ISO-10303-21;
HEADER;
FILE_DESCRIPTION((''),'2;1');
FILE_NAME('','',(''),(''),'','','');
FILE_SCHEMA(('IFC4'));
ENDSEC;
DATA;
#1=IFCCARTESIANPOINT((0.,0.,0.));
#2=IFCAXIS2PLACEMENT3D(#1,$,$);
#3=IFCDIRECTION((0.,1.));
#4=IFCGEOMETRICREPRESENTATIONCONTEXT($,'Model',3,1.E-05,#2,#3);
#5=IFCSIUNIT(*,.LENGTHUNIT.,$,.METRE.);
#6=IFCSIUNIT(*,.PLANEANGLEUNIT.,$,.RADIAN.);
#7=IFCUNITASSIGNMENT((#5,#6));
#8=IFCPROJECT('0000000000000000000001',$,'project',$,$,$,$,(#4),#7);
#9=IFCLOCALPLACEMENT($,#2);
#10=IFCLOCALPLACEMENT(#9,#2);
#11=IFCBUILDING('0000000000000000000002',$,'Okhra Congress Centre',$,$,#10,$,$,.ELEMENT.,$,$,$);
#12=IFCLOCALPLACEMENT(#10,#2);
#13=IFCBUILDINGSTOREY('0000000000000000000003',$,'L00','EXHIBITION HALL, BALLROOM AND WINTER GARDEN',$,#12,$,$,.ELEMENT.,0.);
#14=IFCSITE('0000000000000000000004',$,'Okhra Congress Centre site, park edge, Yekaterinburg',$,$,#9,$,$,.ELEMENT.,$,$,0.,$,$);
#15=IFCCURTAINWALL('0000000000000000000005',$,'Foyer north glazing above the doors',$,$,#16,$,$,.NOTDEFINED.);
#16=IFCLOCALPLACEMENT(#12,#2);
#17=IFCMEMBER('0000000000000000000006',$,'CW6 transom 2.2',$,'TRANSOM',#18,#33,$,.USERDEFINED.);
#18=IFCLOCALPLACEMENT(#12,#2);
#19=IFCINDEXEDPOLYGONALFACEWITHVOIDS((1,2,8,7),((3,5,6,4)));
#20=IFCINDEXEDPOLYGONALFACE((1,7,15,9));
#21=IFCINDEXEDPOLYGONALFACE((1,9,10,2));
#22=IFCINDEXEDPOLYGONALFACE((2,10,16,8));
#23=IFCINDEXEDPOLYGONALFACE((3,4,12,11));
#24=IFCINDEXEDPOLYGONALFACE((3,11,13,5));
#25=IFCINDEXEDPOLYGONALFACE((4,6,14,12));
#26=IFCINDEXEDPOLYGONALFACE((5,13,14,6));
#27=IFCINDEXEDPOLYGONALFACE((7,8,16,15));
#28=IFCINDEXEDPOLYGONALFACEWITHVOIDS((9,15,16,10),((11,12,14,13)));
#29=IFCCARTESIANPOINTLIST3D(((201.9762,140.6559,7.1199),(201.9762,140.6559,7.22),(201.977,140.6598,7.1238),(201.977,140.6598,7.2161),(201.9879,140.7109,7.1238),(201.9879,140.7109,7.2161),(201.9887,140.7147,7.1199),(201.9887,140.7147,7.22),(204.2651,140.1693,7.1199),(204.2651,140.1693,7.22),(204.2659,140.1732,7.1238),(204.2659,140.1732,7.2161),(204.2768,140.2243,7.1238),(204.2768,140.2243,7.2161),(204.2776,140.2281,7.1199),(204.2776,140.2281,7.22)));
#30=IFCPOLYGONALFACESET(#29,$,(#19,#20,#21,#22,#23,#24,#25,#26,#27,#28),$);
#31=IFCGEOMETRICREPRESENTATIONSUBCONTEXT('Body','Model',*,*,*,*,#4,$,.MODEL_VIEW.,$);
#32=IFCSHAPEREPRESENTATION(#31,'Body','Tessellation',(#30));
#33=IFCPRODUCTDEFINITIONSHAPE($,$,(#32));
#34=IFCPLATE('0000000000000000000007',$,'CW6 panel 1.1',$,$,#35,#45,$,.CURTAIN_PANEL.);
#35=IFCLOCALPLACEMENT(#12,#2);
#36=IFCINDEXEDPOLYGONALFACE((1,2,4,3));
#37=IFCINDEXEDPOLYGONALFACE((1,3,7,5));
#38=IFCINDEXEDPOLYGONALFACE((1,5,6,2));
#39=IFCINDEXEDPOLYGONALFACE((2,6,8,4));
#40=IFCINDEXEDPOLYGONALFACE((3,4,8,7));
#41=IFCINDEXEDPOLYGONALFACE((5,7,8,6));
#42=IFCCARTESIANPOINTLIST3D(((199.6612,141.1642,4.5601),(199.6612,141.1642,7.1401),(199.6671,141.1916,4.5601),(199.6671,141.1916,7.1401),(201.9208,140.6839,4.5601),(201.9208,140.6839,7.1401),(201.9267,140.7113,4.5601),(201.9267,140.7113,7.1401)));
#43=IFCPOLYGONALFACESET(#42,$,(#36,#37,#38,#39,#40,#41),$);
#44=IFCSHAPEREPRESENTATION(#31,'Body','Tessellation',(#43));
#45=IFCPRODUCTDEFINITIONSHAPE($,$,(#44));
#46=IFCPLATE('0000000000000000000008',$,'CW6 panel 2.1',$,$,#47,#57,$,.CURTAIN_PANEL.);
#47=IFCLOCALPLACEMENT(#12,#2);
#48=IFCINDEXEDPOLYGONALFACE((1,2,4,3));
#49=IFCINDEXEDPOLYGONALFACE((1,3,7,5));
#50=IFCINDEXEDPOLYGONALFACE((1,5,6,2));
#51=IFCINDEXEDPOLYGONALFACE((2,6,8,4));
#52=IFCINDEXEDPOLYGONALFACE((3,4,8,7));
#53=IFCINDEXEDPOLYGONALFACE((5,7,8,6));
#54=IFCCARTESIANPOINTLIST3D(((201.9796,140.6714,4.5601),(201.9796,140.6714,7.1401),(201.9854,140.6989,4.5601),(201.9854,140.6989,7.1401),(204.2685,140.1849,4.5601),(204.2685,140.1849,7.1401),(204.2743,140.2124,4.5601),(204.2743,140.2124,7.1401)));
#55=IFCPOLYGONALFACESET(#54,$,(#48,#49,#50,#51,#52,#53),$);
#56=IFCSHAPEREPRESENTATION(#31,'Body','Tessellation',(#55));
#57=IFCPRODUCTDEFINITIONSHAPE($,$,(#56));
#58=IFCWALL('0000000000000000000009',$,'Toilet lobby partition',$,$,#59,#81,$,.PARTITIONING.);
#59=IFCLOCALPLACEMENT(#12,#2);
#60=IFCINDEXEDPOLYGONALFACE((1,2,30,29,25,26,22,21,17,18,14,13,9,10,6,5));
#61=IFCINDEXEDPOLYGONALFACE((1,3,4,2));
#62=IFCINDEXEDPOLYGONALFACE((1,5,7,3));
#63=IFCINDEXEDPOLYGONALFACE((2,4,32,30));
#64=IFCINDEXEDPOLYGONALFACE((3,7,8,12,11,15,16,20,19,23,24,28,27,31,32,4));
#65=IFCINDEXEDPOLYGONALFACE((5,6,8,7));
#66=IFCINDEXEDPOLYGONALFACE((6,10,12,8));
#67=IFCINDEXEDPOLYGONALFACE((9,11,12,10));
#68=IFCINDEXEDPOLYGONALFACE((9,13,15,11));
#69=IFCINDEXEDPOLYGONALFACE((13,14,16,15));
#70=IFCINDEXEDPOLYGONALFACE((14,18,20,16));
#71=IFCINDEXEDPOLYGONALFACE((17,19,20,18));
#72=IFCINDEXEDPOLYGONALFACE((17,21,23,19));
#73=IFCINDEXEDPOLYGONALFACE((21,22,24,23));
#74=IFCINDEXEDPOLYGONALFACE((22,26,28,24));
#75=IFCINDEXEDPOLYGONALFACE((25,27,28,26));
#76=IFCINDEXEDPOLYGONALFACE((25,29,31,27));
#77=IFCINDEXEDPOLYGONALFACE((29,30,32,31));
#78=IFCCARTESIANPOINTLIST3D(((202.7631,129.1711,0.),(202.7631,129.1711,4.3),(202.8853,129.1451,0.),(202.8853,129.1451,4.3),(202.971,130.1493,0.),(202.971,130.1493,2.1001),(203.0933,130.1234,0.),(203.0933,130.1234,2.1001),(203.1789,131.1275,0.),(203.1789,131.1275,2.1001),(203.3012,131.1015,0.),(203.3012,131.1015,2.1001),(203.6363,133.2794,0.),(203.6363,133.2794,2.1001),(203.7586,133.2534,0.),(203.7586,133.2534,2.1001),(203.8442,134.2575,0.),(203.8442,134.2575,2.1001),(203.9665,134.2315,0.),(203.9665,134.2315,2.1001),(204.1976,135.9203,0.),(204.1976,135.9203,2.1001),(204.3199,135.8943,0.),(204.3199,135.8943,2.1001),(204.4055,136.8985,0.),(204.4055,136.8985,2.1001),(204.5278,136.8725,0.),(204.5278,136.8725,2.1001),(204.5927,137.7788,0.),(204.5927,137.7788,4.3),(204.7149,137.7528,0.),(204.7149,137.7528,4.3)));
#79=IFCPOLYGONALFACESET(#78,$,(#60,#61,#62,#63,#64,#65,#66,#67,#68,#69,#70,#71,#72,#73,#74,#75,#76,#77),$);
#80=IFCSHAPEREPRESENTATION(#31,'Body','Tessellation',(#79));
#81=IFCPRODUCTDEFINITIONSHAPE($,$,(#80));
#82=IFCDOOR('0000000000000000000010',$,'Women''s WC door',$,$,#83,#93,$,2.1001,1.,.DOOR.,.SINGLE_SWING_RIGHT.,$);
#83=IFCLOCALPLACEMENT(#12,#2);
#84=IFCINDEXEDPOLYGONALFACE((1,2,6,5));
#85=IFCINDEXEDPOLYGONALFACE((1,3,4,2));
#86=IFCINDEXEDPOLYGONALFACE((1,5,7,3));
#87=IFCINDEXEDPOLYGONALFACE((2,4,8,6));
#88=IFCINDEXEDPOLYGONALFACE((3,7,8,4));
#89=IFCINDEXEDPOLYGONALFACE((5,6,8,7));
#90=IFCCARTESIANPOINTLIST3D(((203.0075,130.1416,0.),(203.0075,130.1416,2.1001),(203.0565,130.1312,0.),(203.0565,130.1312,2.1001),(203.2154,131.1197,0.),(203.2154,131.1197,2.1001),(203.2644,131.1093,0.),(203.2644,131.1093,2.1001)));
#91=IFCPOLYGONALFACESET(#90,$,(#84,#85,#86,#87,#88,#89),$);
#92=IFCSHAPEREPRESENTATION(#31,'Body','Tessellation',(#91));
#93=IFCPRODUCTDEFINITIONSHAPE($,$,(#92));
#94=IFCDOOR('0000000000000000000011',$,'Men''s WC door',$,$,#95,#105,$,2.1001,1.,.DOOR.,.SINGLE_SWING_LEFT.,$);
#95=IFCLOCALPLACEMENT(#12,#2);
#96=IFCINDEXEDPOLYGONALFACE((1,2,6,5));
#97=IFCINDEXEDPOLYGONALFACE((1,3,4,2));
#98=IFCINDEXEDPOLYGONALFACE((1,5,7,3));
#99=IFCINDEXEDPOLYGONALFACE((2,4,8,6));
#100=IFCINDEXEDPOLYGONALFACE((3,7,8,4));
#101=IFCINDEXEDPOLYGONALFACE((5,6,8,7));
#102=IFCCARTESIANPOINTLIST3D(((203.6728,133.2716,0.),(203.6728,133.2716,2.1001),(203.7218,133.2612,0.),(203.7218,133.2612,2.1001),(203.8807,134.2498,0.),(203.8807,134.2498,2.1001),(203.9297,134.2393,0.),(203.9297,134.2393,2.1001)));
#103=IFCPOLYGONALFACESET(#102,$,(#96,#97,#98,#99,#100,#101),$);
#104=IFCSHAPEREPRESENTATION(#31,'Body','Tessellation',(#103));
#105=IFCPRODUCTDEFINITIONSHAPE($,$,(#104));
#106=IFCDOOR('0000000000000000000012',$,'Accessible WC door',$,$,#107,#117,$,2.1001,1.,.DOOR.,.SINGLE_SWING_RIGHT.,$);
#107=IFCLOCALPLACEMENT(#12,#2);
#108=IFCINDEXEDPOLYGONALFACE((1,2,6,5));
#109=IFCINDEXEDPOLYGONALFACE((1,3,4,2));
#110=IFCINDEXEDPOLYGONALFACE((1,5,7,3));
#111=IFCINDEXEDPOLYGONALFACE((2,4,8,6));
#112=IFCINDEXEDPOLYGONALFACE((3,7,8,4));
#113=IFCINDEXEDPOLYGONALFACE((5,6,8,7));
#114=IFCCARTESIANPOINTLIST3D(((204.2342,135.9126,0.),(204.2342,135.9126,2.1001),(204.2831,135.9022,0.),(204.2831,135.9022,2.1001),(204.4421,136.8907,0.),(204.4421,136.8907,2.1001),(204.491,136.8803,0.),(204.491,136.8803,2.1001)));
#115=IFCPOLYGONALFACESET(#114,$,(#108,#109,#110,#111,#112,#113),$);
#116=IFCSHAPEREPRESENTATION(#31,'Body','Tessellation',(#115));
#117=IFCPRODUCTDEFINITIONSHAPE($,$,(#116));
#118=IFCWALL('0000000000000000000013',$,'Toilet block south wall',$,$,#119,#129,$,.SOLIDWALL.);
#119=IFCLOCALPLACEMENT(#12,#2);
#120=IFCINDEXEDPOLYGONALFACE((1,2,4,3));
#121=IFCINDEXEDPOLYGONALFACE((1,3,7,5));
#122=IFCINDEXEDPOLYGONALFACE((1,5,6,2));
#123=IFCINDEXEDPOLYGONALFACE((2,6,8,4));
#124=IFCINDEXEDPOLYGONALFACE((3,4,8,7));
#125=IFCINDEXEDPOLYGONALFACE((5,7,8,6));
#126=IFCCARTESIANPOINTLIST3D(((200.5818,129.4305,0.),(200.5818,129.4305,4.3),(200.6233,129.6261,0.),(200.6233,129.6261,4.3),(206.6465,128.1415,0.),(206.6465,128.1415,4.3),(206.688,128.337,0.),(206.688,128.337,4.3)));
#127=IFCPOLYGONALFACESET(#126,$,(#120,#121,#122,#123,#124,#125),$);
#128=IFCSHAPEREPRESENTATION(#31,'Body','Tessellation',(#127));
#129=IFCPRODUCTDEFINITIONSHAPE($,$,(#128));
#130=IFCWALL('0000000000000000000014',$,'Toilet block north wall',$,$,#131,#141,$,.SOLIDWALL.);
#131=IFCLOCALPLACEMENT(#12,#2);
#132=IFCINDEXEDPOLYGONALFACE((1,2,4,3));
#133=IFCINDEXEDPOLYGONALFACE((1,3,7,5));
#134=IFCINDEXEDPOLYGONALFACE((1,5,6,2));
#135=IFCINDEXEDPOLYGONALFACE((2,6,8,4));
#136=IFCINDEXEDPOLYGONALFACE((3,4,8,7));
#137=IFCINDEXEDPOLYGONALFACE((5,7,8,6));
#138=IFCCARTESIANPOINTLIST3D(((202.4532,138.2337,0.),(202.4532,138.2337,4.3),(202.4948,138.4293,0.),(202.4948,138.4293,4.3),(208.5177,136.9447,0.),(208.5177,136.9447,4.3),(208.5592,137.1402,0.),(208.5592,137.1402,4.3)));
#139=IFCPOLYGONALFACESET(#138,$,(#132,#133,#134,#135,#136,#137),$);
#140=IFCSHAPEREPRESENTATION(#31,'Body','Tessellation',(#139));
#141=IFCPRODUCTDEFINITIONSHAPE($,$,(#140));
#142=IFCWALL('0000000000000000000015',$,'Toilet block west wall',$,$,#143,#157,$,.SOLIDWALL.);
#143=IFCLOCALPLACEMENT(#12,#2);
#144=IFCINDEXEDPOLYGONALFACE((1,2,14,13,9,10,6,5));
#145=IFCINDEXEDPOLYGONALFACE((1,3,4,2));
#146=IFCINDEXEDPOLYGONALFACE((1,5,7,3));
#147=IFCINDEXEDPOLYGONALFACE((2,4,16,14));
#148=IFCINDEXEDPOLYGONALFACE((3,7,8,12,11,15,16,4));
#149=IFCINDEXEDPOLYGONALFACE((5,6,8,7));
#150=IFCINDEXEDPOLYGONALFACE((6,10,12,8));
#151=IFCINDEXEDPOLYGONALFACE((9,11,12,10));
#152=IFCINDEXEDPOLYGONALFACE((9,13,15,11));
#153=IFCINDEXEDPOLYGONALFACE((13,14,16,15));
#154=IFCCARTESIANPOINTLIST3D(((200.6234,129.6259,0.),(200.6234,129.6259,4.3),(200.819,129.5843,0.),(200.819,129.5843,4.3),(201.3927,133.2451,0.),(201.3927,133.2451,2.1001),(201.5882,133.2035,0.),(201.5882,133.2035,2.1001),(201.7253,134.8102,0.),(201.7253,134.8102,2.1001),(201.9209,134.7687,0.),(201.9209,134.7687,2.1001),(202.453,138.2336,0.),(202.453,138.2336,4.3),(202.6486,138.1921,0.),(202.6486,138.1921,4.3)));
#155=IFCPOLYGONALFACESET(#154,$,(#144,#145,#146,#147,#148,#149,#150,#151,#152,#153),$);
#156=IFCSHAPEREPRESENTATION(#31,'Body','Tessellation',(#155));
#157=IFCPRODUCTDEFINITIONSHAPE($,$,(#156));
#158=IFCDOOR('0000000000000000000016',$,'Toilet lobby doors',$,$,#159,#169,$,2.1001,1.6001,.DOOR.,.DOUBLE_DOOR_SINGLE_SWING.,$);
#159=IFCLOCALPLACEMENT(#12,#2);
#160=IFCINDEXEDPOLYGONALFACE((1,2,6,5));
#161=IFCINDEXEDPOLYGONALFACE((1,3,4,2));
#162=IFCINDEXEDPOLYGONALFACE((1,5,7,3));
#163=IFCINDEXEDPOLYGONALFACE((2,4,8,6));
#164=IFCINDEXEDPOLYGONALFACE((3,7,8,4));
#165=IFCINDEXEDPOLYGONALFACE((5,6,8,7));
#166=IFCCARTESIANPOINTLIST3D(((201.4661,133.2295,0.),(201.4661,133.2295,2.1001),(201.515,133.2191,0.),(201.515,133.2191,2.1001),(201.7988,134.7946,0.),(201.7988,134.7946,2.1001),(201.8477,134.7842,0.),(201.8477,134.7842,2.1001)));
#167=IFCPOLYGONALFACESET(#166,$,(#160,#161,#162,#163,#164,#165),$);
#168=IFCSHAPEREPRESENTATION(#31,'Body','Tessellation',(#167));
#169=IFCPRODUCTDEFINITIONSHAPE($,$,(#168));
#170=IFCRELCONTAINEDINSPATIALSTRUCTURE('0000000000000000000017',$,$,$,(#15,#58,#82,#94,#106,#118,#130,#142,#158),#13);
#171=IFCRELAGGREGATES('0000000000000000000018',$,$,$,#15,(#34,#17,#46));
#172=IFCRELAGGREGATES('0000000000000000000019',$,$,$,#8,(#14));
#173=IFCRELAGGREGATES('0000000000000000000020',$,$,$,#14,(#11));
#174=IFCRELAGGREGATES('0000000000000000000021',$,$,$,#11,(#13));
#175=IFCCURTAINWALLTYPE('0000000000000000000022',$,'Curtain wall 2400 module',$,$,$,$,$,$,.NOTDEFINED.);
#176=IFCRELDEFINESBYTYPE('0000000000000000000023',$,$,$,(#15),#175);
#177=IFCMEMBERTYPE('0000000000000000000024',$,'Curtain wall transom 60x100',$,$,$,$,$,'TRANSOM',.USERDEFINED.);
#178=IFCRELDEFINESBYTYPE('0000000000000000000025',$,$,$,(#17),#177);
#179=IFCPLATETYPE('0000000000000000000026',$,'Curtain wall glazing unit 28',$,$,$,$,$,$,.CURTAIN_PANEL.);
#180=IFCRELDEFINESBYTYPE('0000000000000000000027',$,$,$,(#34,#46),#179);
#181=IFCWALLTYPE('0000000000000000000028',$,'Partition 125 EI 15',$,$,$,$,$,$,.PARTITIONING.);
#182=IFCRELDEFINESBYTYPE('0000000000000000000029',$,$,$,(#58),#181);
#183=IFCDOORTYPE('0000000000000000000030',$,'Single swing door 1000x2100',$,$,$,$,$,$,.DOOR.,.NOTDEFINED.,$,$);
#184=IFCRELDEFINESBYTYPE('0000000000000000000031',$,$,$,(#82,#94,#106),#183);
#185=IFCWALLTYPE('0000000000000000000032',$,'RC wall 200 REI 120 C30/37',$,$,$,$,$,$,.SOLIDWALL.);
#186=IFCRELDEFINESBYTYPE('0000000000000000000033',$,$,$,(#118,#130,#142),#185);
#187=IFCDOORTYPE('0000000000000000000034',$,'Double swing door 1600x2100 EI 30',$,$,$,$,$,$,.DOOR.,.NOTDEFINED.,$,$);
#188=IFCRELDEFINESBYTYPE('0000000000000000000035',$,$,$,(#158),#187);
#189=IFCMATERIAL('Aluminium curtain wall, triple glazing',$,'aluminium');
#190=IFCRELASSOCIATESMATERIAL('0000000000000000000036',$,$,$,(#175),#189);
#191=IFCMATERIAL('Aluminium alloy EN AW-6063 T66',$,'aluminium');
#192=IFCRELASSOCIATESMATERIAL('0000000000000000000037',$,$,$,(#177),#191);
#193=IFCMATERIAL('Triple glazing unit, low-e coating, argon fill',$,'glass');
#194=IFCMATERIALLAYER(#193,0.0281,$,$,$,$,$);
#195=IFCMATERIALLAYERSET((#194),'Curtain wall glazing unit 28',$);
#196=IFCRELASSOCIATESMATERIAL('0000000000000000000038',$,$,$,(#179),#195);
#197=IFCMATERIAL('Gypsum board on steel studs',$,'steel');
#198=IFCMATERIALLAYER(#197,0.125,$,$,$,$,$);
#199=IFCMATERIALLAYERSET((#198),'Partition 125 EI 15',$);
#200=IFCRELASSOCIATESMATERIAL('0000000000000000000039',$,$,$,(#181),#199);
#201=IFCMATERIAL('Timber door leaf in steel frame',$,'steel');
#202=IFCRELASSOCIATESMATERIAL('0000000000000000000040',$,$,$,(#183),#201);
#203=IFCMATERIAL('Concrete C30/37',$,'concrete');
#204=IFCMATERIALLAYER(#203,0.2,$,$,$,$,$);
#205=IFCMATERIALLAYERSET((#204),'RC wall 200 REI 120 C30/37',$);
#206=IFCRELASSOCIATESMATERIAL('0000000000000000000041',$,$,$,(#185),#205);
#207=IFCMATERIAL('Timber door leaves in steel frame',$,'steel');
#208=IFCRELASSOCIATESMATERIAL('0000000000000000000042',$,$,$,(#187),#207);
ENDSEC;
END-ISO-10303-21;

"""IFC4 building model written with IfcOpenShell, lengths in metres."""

from ifc_helpers import new_model, si_unit, direction, frame, frame_2d, origin, origin_2d, place, context, subcontext, project, spatial, rectangle, hollow_rectangle, extrude, material, layer, layer_set, material_profile, profile_set, type_object, element, fill, aggregate, save


model = new_model("IFC4")

# Units and contexts
model_context = context("Model", 3, precision=1e-05, world=origin(), true_north=direction((0.0, 1.0)))
body_context = subcontext(model_context, "Body", "Model", "MODEL_VIEW")
ifc_project = project(units=[si_unit("LENGTHUNIT", "METRE"), si_unit("PLANEANGLEUNIT", "RADIAN")], contexts=[model_context])

# Site, building, storey
site_placement = place(None, origin())
site = spatial("IfcSite", under=ifc_project, at=site_placement, Name="Okhra Congress Centre site, park edge, Yekaterinburg", CompositionType="ELEMENT", RefElevation=0.0)
building_placement = place(site_placement, origin())
building = spatial("IfcBuilding", under=site, at=building_placement, Name="Okhra Congress Centre", CompositionType="ELEMENT")
storey_placement = place(building_placement, origin())
storey = spatial("IfcBuildingStorey", under=building, at=storey_placement, Name="L00", Description="EXHIBITION HALL, BALLROOM AND WINTER GARDEN", CompositionType="ELEMENT", Elevation=0.0)

# Shared definitions
ifc_material_1 = material(Name="Concrete C30/37", Category="concrete")

# Curtain wall, member, plates
ifc_material_2 = material(Name="Aluminium curtain wall, triple glazing", Category="aluminium")
curtain_wall_type = type_object("IfcCurtainWallType", Name="Curtain wall 2400 module", PredefinedType="NOTDEFINED", material=ifc_material_2)
curtain_wall_placement = place(storey_placement, origin())
curtain_wall = element("IfcCurtainWall", 1, at=curtain_wall_placement, inside=storey, type_object=curtain_wall_type, Name="Foyer north glazing above the doors", PredefinedType="NOTDEFINED")
ifc_material_3 = material(Name="Aluminium alloy EN AW-6063 T66", Category="aluminium")
ifc_material_profile_1 = material_profile(ifc_material_3, hollow_rectangle(XDim=0.0601, YDim=0.1001, WallThickness=0.0039, at=origin_2d()), Name="RHS 60x100x4")
ifc_profile_set_1 = profile_set([ifc_material_profile_1], Name="Aluminium alloy EN AW-6063 T66")
member_type_1 = type_object("IfcMemberType", Name="Curtain wall transom 60x100", ElementType="TRANSOM", PredefinedType="USERDEFINED", material=ifc_profile_set_1)
member_1_placement = place(storey_placement, frame((201.9824, 140.6853, 7.1699), z_axis=(0.978142, -0.20794, 0.0), x_axis=(0.20794, 0.978142, 0.0)))
member_1 = element("IfcMember", 2, at=member_1_placement, type_object=member_type_1, Name="CW6 transom 2.2", ObjectType="TRANSOM", PredefinedType="USERDEFINED", context=body_context, shape_type="SweptSolid", body=[
    extrude(hollow_rectangle(XDim=0.0601, YDim=0.1001, WallThickness=0.0039, at=origin_2d()), origin(), (0.0, 0.0, 1.0), 2.3401),
])
ifc_material_4 = material(Name="Triple glazing unit, low-e coating, argon fill", Category="glass")
ifc_layer_1 = layer(ifc_material_4, 0.0281)
ifc_layer_set_1 = layer_set([ifc_layer_1], Name="Curtain wall glazing unit 28")
plate_type = type_object("IfcPlateType", Name="Curtain wall glazing unit 28", PredefinedType="CURTAIN_PANEL", material=ifc_layer_set_1)
plate_1_placement = place(storey_placement, frame((200.7939, 140.9377, 4.5601), z_axis=(0.0, 0.0, 1.0), x_axis=(0.978148, -0.207912, 0.0)))
plate_1 = element("IfcPlate", 3, at=plate_1_placement, type_object=plate_type, Name="CW6 panel 1.1", PredefinedType="CURTAIN_PANEL", context=body_context, shape_type="SweptSolid", body=[
    extrude(rectangle(XDim=2.3101, YDim=0.0281, at=origin_2d()), origin(), (0.0, 0.0, 1.0), 2.5801),
])
plate_2_placement = place(storey_placement, frame((203.127, 140.4419, 4.5601), z_axis=(0.0, 0.0, 1.0), x_axis=(0.978148, -0.207912, 0.0)))
plate_2 = element("IfcPlate", 4, at=plate_2_placement, type_object=plate_type, Name="CW6 panel 2.1", PredefinedType="CURTAIN_PANEL", context=body_context, shape_type="SweptSolid", body=[
    extrude(rectangle(XDim=2.3401, YDim=0.0281, at=origin_2d()), origin(), (0.0, 0.0, 1.0), 2.5801),
])
aggregate(curtain_wall, [plate_1, member_1, plate_2])

# Wall, openings, doors
ifc_material_5 = material(Name="Gypsum board on steel studs", Category="steel")
ifc_layer_2 = layer(ifc_material_5, 0.125)
ifc_layer_set_2 = layer_set([ifc_layer_2], Name="Partition 125 EI 15")
wall_type_1 = type_object("IfcWallType", Name="Partition 125 EI 15", PredefinedType="PARTITIONING", material=ifc_layer_set_2)
wall_1_placement = place(storey_placement, frame((202.8242, 129.1582, 0.0), z_axis=(0.0, 0.0, 1.0), x_axis=(0.207909, 0.978148, 0.0)))
wall_1 = element("IfcWall", 5, at=wall_1_placement, inside=storey, type_object=wall_type_1, Name="Toilet lobby partition", PredefinedType="PARTITIONING", context=body_context, shape_type="SweptSolid", body=[
    extrude(rectangle(XDim=8.8, YDim=0.125, at=frame_2d((4.3999, 0.0))), origin(), (0.0, 0.0, 1.0), 4.3),
])
opening_1_placement = place(wall_1_placement, frame((1.0, 0.0, 0.0)))
opening_1 = element("IfcOpeningElement", 6, at=opening_1_placement, cuts=wall_1, PredefinedType="OPENING", context=body_context, shape_type="SweptSolid", body=[
    extrude(rectangle(XDim=1.0, YDim=2.1001, at=frame_2d((0.5, 1.05))), frame((0.0, 0.0725, 0.0), z_axis=(0.0, -1.0, 0.0), x_axis=(1.0, 0.0, 0.0)), (0.0, 0.0, 1.0), 0.145),
])
opening_2_placement = place(wall_1_placement, frame((4.2, 0.0, 0.0)))
opening_2 = element("IfcOpeningElement", 7, at=opening_2_placement, cuts=wall_1, PredefinedType="OPENING", context=body_context, shape_type="SweptSolid", body=[
    extrude(rectangle(XDim=1.0, YDim=2.1001, at=frame_2d((0.5, 1.05))), frame((0.0, 0.0725, 0.0), z_axis=(0.0, -1.0, 0.0), x_axis=(1.0, 0.0, 0.0)), (0.0, 0.0, 1.0), 0.145),
])
opening_3_placement = place(wall_1_placement, frame((6.8999, 0.0, 0.0)))
opening_3 = element("IfcOpeningElement", 8, at=opening_3_placement, cuts=wall_1, PredefinedType="OPENING", context=body_context, shape_type="SweptSolid", body=[
    extrude(rectangle(XDim=1.0, YDim=2.1001, at=frame_2d((0.5, 1.05))), frame((0.0, 0.0725, 0.0), z_axis=(0.0, -1.0, 0.0), x_axis=(1.0, 0.0, 0.0)), (0.0, 0.0, 1.0), 0.145),
])
ifc_material_6 = material(Name="Timber door leaf in steel frame", Category="steel")
door_type_1 = type_object("IfcDoorType", Name="Single swing door 1000x2100", OperationType="NOTDEFINED", PredefinedType="DOOR", material=ifc_material_6)
door_1_placement = place(opening_1_placement, frame((1.0, 0.0, 0.0), z_axis=(0.0, 0.0, 1.0), x_axis=(-1.0, 0.0, 0.0)))
door_1 = element("IfcDoor", 9, at=door_1_placement, inside=storey, type_object=door_type_1, Name="Women's WC door", OperationType="SINGLE_SWING_RIGHT", OverallHeight=2.1001, OverallWidth=1.0, PredefinedType="DOOR", context=body_context, shape_type="SweptSolid", body=[
    extrude(rectangle(XDim=1.0, YDim=2.1001, at=frame_2d((0.5, 1.05))), frame((0.0, 0.0249, 0.0), z_axis=(0.0, -1.0, 0.0), x_axis=(1.0, 0.0, 0.0)), (0.0, 0.0, 1.0), 0.05),
])
fill(opening_1, door_1)
door_2_placement = place(opening_2_placement, frame((1.0, 0.0, 0.0), z_axis=(0.0, 0.0, 1.0), x_axis=(-1.0, 0.0, 0.0)))
door_2 = element("IfcDoor", 10, at=door_2_placement, inside=storey, type_object=door_type_1, Name="Men's WC door", OperationType="SINGLE_SWING_LEFT", OverallHeight=2.1001, OverallWidth=1.0, PredefinedType="DOOR", context=body_context, shape_type="SweptSolid", body=[
    extrude(rectangle(XDim=1.0, YDim=2.1001, at=frame_2d((0.5, 1.05))), frame((0.0, 0.0249, 0.0), z_axis=(0.0, -1.0, 0.0), x_axis=(1.0, 0.0, 0.0)), (0.0, 0.0, 1.0), 0.05),
])
fill(opening_2, door_2)
door_3_placement = place(opening_3_placement, frame((1.0, 0.0, 0.0), z_axis=(0.0, 0.0, 1.0), x_axis=(-1.0, 0.0, 0.0)))
door_3 = element("IfcDoor", 11, at=door_3_placement, inside=storey, type_object=door_type_1, Name="Accessible WC door", OperationType="SINGLE_SWING_RIGHT", OverallHeight=2.1001, OverallWidth=1.0, PredefinedType="DOOR", context=body_context, shape_type="SweptSolid", body=[
    extrude(rectangle(XDim=1.0, YDim=2.1001, at=frame_2d((0.5, 1.05))), frame((0.0, 0.0249, 0.0), z_axis=(0.0, -1.0, 0.0), x_axis=(1.0, 0.0, 0.0)), (0.0, 0.0, 1.0), 0.05),
])
fill(opening_3, door_3)

# Walls
ifc_layer_3 = layer(ifc_material_1, 0.2)
ifc_layer_set_3 = layer_set([ifc_layer_3], Name="RC wall 200 REI 120 C30/37")
wall_type_2 = type_object("IfcWallType", Name="RC wall 200 REI 120 C30/37", PredefinedType="SOLIDWALL", material=ifc_layer_set_3)
wall_2_placement = place(storey_placement, frame((200.6025, 129.5283, 0.0), z_axis=(0.0, 0.0, 1.0), x_axis=(0.978149, -0.207907, 0.0)))
element("IfcWall", 12, at=wall_2_placement, inside=storey, type_object=wall_type_2, Name="Toilet block south wall", PredefinedType="SOLIDWALL", context=body_context, shape_type="SweptSolid", body=[
    extrude(rectangle(XDim=6.2002, YDim=0.2, at=frame_2d((3.1001, 0.0))), origin(), (0.0, 0.0, 1.0), 4.3),
])
wall_3_placement = place(storey_placement, frame((202.4739, 138.3315, 0.0), z_axis=(0.0, 0.0, 1.0), x_axis=(0.978147, -0.207915, 0.0)))
element("IfcWall", 13, at=wall_3_placement, inside=storey, type_object=wall_type_2, Name="Toilet block north wall", PredefinedType="SOLIDWALL", context=body_context, shape_type="SweptSolid", body=[
    extrude(rectangle(XDim=6.2, YDim=0.2, at=frame_2d((3.1001, 0.0))), origin(), (0.0, 0.0, 1.0), 4.3),
])

# Wall, opening, door
wall_4_placement = place(storey_placement, frame((200.7212, 129.6052, 0.0), z_axis=(0.0, 0.0, 1.0), x_axis=(0.207909, 0.978148, 0.0)))
wall_4 = element("IfcWall", 14, at=wall_4_placement, inside=storey, type_object=wall_type_2, Name="Toilet block west wall", PredefinedType="SOLIDWALL", context=body_context, shape_type="SweptSolid", body=[
    extrude(rectangle(XDim=8.8, YDim=0.2, at=frame_2d((4.3999, 0.0))), origin(), (0.0, 0.0, 1.0), 4.3),
])
opening_4_placement = place(wall_4_placement, frame((3.7, 0.0, 0.0)))
opening_4 = element("IfcOpeningElement", 15, at=opening_4_placement, cuts=wall_4, PredefinedType="OPENING", context=body_context, shape_type="SweptSolid", body=[
    extrude(rectangle(XDim=1.6001, YDim=2.1001, at=frame_2d((0.8, 1.05))), frame((0.0, 0.1099, 0.0), z_axis=(0.0, -1.0, 0.0), x_axis=(1.0, 0.0, 0.0)), (0.0, 0.0, 1.0), 0.22),
])
ifc_material_7 = material(Name="Timber door leaves in steel frame", Category="steel")
door_type_2 = type_object("IfcDoorType", Name="Double swing door 1600x2100 EI 30", OperationType="NOTDEFINED", PredefinedType="DOOR", material=ifc_material_7)
door_4_placement = place(opening_4_placement, origin())
door_4 = element("IfcDoor", 16, at=door_4_placement, inside=storey, type_object=door_type_2, Name="Toilet lobby doors", OperationType="DOUBLE_DOOR_SINGLE_SWING", OverallHeight=2.1001, OverallWidth=1.6001, PredefinedType="DOOR", context=body_context, shape_type="SweptSolid", body=[
    extrude(rectangle(XDim=1.6001, YDim=2.1001, at=frame_2d((0.8, 1.05))), frame((0.0, 0.0249, 0.0), z_axis=(0.0, -1.0, 0.0), x_axis=(1.0, 0.0, 0.0)), (0.0, 0.0, 1.0), 0.05),
])
fill(opening_4, door_4)

save(model, "model.ifc")
